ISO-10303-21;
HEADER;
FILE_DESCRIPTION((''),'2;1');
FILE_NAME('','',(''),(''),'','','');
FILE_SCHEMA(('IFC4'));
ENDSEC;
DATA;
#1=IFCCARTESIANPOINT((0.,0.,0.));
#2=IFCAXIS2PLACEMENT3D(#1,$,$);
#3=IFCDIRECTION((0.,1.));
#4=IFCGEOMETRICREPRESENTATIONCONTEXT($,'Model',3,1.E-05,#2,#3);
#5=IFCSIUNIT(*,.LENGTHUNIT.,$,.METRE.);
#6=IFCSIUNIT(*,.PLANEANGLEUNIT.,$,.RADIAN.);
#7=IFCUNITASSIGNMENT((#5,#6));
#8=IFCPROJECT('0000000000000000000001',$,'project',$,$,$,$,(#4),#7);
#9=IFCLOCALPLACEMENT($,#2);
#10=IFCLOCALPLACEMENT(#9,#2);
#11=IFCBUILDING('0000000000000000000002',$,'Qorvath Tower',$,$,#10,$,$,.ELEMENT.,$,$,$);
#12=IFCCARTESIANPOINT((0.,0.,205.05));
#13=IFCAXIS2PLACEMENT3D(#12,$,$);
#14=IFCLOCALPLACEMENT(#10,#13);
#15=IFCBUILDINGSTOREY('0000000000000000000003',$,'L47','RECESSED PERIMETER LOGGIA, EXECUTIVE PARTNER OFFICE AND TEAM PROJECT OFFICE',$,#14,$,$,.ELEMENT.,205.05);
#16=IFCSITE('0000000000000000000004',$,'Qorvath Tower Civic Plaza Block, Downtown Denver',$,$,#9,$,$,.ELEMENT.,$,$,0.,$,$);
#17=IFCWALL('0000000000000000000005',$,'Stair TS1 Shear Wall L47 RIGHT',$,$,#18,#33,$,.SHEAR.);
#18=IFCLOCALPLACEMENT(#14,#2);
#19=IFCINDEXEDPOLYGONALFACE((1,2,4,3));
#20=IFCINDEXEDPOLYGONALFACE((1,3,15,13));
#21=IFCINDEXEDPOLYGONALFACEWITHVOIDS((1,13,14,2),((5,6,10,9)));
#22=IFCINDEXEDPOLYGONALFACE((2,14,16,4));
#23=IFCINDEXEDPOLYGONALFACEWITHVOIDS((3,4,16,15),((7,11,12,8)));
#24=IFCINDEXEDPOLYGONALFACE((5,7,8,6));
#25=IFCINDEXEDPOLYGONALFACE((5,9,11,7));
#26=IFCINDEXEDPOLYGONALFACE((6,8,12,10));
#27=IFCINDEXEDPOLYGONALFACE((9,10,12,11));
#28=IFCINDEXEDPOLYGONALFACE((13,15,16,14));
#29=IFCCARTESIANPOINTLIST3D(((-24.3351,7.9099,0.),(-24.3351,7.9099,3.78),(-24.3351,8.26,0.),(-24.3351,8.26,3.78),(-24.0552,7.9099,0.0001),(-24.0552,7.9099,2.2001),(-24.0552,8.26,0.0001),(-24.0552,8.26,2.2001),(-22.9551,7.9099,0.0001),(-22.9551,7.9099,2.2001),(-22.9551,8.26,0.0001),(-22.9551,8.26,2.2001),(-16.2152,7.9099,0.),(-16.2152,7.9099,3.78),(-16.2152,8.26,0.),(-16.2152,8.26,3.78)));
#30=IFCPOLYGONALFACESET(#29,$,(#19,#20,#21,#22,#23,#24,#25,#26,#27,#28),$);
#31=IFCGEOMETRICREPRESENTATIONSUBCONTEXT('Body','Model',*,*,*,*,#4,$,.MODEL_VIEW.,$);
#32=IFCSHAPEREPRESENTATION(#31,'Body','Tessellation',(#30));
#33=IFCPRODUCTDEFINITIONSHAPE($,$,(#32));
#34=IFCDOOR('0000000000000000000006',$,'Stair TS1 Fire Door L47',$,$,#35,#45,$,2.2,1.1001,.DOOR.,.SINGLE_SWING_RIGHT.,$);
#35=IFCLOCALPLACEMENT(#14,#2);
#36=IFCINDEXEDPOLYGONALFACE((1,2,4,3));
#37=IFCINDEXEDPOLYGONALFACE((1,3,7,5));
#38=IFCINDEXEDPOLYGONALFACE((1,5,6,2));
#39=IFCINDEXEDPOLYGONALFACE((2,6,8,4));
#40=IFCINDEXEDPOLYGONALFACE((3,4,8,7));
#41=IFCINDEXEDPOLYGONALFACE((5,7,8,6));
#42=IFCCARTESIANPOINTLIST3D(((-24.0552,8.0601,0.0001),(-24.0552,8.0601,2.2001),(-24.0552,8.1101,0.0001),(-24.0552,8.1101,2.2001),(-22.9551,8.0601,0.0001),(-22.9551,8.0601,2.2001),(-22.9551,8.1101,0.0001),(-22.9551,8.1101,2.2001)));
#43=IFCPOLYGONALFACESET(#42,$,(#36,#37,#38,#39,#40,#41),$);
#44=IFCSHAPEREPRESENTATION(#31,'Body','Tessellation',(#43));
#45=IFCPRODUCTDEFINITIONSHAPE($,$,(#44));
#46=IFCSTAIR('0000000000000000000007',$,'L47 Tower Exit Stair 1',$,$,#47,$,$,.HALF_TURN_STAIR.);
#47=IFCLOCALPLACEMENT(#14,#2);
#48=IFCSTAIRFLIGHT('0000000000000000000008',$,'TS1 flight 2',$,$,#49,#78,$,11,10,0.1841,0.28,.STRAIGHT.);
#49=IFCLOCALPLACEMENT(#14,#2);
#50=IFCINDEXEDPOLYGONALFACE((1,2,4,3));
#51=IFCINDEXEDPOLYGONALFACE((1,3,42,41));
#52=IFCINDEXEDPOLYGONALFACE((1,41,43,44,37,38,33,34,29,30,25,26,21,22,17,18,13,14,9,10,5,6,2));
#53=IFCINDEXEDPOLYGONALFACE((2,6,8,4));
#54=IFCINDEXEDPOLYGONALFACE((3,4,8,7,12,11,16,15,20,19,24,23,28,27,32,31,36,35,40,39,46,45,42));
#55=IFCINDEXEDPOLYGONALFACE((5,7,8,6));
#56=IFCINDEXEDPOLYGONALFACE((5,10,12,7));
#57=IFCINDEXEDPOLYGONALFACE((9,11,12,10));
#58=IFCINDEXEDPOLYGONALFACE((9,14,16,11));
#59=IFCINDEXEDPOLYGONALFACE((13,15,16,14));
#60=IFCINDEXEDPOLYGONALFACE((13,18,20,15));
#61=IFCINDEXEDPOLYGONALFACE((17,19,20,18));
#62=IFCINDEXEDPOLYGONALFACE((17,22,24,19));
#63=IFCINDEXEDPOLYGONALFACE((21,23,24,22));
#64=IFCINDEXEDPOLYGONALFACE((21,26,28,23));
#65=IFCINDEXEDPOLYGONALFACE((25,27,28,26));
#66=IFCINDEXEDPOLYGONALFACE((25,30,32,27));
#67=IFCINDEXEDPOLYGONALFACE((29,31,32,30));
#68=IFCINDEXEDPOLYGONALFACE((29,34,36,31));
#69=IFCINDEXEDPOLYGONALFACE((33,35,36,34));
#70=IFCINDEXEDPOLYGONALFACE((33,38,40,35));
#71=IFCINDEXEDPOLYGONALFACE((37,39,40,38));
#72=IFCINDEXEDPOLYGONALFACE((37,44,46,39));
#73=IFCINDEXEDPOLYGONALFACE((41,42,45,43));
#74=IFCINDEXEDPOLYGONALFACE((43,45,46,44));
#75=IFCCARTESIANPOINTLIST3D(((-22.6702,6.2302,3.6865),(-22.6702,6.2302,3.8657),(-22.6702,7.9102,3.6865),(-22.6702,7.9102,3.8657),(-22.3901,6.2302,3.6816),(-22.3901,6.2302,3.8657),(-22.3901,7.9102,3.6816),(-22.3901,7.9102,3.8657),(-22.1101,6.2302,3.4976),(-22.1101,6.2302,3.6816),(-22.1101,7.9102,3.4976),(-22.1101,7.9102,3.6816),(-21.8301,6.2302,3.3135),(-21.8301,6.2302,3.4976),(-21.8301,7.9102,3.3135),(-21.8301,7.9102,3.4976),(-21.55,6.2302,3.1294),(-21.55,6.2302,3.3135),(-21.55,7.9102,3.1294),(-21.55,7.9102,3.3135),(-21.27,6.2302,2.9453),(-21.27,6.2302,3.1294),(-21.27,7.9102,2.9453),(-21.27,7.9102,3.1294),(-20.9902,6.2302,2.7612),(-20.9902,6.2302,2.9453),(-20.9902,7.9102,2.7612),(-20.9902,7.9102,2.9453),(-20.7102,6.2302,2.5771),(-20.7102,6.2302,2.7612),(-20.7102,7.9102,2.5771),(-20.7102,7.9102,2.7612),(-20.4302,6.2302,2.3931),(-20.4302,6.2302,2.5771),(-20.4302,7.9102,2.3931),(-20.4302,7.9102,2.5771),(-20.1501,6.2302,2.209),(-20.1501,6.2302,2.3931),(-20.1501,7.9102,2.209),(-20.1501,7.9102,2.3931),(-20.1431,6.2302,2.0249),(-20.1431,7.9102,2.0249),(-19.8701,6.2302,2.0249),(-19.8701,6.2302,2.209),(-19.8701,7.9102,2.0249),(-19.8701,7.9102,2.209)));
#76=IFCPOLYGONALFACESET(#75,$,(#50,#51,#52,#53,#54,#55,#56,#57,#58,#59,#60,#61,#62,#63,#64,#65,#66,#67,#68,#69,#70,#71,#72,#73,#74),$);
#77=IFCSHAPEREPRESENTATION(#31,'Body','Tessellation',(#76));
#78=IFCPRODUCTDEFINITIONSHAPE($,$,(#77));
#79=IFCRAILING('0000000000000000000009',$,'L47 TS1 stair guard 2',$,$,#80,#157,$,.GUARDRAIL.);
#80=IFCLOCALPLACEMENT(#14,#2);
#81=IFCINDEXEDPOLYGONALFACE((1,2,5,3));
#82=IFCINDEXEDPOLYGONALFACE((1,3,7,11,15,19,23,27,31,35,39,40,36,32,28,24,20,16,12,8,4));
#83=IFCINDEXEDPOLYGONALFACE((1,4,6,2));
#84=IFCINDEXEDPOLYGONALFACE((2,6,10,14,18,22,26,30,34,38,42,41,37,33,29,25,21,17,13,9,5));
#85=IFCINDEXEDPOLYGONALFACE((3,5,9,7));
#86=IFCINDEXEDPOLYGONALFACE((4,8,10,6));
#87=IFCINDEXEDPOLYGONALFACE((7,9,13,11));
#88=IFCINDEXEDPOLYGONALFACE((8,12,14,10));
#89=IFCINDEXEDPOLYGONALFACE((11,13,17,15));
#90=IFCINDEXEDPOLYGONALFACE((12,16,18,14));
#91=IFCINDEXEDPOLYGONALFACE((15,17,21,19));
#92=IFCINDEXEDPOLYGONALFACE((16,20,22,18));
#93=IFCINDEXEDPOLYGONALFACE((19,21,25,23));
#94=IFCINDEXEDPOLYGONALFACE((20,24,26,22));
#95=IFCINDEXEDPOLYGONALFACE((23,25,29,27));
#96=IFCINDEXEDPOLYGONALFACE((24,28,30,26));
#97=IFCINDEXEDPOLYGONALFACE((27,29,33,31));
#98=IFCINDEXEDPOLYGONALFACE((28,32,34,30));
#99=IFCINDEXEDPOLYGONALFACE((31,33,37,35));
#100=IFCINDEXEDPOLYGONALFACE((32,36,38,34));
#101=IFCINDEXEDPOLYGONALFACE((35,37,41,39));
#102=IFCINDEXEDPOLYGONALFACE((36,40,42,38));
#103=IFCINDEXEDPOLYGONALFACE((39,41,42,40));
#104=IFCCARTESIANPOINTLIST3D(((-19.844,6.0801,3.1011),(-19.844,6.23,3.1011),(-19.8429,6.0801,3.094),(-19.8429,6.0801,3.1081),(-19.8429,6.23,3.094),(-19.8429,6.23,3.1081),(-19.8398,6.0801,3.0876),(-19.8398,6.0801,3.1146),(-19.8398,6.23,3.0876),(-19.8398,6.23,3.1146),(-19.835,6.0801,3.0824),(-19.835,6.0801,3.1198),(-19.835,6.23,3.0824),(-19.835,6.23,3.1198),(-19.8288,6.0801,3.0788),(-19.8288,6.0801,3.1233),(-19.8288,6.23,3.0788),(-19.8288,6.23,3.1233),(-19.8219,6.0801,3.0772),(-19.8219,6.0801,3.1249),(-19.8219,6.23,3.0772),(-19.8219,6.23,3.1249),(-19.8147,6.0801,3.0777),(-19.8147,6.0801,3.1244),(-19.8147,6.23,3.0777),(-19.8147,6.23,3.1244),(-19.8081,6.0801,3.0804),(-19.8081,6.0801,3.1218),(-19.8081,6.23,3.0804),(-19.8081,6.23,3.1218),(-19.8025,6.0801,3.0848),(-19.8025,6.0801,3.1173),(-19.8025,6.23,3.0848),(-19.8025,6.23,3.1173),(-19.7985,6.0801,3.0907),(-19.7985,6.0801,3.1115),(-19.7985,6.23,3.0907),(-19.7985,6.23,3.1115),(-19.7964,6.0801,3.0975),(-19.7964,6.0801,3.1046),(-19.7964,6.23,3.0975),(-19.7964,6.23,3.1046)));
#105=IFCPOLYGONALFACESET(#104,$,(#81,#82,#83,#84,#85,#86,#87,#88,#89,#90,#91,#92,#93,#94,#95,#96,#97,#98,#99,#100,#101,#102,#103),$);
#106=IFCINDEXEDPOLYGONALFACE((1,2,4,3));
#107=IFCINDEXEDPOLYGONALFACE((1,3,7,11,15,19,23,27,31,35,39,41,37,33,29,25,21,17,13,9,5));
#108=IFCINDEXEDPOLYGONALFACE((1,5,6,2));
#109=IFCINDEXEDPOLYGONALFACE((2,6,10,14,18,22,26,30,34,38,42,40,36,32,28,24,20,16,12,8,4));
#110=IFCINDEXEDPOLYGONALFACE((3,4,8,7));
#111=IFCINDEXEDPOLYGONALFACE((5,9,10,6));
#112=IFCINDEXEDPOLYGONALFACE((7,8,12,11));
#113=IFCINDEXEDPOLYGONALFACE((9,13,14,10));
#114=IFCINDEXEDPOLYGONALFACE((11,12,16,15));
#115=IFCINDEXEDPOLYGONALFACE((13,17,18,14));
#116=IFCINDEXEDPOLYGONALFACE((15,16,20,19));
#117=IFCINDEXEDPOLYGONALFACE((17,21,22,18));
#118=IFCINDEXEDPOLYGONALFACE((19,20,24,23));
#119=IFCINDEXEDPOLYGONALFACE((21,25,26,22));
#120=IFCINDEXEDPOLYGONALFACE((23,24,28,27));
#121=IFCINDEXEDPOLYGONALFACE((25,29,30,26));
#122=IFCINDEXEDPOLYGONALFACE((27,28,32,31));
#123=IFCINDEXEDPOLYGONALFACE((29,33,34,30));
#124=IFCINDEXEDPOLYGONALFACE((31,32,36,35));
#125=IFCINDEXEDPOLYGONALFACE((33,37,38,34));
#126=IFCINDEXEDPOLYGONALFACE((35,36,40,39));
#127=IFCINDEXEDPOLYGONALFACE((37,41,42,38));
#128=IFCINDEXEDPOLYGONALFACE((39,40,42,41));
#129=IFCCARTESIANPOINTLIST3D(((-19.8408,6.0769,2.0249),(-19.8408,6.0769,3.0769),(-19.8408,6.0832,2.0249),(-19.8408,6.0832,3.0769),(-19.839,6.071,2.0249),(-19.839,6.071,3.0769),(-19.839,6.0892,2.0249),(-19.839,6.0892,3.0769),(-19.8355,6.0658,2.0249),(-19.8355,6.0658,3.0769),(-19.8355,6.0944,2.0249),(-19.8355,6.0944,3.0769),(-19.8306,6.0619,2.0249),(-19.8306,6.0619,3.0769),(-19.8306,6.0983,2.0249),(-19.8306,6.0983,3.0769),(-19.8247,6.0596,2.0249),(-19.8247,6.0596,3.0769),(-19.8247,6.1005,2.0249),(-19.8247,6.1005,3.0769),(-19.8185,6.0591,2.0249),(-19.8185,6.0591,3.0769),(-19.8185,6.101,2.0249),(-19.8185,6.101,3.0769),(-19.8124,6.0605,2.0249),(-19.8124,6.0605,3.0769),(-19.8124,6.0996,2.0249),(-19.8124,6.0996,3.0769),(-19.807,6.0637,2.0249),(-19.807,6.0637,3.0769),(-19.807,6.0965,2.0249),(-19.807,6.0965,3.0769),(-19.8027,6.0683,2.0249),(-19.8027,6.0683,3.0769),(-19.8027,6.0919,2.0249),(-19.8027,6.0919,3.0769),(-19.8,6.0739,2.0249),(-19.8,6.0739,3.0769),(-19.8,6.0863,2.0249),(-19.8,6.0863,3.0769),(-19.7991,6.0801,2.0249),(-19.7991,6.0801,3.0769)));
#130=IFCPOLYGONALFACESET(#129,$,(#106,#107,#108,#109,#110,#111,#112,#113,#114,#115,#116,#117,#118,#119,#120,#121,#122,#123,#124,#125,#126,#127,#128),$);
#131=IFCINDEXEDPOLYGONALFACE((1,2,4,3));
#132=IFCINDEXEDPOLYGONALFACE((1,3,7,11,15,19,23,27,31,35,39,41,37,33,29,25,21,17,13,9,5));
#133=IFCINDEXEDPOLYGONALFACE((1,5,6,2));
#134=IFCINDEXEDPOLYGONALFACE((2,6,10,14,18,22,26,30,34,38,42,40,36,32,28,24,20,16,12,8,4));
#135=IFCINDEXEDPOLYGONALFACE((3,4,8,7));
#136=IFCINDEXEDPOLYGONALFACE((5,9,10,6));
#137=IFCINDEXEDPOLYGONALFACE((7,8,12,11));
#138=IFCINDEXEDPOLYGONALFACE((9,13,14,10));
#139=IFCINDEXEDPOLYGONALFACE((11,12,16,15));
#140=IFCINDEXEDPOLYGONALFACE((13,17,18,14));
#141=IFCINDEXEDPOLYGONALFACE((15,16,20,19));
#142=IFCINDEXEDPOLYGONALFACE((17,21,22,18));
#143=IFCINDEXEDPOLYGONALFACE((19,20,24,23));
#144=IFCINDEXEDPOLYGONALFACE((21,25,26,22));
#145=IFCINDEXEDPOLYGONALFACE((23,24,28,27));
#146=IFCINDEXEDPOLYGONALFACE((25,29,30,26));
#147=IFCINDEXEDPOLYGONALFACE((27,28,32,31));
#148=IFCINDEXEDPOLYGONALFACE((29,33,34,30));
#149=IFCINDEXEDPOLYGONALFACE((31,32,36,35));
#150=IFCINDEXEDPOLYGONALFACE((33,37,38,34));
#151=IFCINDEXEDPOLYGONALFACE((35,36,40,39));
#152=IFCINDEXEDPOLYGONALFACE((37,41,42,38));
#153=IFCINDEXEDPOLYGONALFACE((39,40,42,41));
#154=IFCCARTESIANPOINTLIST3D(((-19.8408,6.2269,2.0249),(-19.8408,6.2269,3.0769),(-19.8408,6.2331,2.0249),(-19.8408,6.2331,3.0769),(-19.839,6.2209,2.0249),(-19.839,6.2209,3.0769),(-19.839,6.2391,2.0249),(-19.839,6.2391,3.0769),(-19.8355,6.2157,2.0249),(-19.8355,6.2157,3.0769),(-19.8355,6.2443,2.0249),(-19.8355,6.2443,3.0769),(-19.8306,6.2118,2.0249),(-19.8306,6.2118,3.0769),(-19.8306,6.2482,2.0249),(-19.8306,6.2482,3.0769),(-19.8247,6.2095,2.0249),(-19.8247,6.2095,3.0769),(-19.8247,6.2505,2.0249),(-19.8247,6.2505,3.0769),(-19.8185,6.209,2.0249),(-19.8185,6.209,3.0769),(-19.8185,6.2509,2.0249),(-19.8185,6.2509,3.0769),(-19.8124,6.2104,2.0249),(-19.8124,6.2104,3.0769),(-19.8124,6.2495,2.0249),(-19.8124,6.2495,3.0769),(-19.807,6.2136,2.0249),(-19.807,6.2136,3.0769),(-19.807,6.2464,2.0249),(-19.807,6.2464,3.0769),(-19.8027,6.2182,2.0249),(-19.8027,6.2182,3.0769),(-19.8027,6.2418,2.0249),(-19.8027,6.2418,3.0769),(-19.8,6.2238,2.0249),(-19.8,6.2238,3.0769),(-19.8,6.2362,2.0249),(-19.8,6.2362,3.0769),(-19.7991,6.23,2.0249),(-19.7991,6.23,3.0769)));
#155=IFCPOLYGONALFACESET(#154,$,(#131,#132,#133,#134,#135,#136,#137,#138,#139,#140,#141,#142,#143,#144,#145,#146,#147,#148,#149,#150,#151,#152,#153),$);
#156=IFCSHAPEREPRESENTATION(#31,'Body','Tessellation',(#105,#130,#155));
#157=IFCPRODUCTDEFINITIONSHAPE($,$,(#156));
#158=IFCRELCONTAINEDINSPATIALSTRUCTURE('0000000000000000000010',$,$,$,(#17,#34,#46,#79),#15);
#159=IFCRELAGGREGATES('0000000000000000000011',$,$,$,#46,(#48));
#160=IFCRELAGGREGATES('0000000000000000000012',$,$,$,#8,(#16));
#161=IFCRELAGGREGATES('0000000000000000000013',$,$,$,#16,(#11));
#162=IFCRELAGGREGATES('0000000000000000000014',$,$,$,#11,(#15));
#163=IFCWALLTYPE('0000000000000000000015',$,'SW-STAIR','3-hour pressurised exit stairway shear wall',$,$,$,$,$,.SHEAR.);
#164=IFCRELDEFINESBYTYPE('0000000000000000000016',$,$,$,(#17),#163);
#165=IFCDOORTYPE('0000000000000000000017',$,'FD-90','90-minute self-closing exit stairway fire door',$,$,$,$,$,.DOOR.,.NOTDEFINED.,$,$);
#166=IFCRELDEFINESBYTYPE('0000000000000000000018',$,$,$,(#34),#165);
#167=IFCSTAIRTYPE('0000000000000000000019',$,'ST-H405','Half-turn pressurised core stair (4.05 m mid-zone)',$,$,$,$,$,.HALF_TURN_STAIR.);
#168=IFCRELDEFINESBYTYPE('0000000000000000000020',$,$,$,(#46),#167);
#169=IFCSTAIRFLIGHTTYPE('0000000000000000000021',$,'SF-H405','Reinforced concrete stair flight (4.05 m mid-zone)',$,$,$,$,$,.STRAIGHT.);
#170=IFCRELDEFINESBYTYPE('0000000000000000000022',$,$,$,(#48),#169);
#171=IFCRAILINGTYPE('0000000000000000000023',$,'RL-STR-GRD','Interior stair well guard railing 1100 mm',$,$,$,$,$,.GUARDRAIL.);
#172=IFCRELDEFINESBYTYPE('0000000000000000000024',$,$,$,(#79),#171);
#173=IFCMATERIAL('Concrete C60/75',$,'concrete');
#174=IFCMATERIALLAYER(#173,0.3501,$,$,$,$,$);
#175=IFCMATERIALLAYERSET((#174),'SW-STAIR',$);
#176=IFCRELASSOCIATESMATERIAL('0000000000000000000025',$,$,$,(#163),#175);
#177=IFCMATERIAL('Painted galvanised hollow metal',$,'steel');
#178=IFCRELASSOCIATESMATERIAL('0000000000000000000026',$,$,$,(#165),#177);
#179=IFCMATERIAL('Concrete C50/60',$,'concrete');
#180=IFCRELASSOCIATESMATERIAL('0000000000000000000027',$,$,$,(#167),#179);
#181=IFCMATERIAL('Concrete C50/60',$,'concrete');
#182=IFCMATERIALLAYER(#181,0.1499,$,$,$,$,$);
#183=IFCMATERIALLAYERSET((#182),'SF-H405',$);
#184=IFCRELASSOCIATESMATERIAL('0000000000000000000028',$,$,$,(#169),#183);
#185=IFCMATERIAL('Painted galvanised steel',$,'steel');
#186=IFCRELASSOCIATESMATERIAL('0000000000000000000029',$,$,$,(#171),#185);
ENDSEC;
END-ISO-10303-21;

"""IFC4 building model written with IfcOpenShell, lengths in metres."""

from ifc_helpers import new_model, si_unit, direction, frame, frame_2d, origin, origin_2d, place, context, subcontext, project, spatial, polyline, rectangle, circle, outline, extrude, material, layer, layer_set, type_object, element, fill, aggregate, save


model = new_model("IFC4")

# Units and contexts
model_context = context("Model", 3, precision=1e-05, world=origin(), true_north=direction((0.0, 1.0)))
body_context = subcontext(model_context, "Body", "Model", "MODEL_VIEW")
ifc_project = project(units=[si_unit("LENGTHUNIT", "METRE"), si_unit("PLANEANGLEUNIT", "RADIAN")], contexts=[model_context])

# Site, building, storey
site_placement = place(None, origin())
site = spatial("IfcSite", under=ifc_project, at=site_placement, Name="Qorvath Tower Civic Plaza Block, Downtown Denver", CompositionType="ELEMENT", RefElevation=0.0)
building_placement = place(site_placement, origin())
building = spatial("IfcBuilding", under=site, at=building_placement, Name="Qorvath Tower", CompositionType="ELEMENT")
storey_placement = place(building_placement, frame((0.0, 0.0, 205.05)))
storey = spatial("IfcBuildingStorey", under=building, at=storey_placement, Name="L47", Description="RECESSED PERIMETER LOGGIA, EXECUTIVE PARTNER OFFICE AND TEAM PROJECT OFFICE", CompositionType="ELEMENT", Elevation=205.05)

# Wall, opening, door
ifc_material_1 = material(Name="Concrete C60/75", Category="concrete")
ifc_layer_1 = layer(ifc_material_1, 0.3501)
ifc_layer_set_1 = layer_set([ifc_layer_1], Name="SW-STAIR")
wall_type_1 = type_object("IfcWallType", Name="SW-STAIR", Description="3-hour pressurised exit stairway shear wall", PredefinedType="SHEAR", material=ifc_layer_set_1)
wall_1_placement = place(storey_placement, frame((-16.2151, 8.085, 0.0), z_axis=(0.0, 0.0, 1.0), x_axis=(-1.0, 0.0, 0.0)))
wall_1 = element("IfcWall", 1, at=wall_1_placement, inside=storey, type_object=wall_type_1, Name="Stair TS1 Shear Wall L47 RIGHT", PredefinedType="SHEAR", context=body_context, shape_type="SweptSolid", body=[
    extrude(rectangle(XDim=8.1199, YDim=0.3501, at=frame_2d((4.0601, 0.0))), origin(), (0.0, 0.0, 1.0), 3.78),
])
opening_1_placement = place(wall_1_placement, frame((6.74, 0.0, 0.0)))
opening_1 = element("IfcOpeningElement", 2, at=opening_1_placement, cuts=wall_1, PredefinedType="OPENING", context=body_context, shape_type="SweptSolid", body=[
    extrude(rectangle(XDim=1.1001, YDim=2.2, at=frame_2d((0.55, 1.1001))), frame((0.0, 0.1851, 0.0), z_axis=(0.0, -1.0, 0.0), x_axis=(1.0, 0.0, 0.0)), (0.0, 0.0, 1.0), 0.3701),
])
ifc_material_2 = material(Name="Painted galvanised hollow metal", Category="steel")
door_type_1 = type_object("IfcDoorType", Name="FD-90", Description="90-minute self-closing exit stairway fire door", OperationType="NOTDEFINED", PredefinedType="DOOR", material=ifc_material_2)
door_1_placement = place(opening_1_placement, origin())
door_1 = element("IfcDoor", 3, at=door_1_placement, inside=storey, type_object=door_type_1, Name="Stair TS1 Fire Door L47", OperationType="SINGLE_SWING_RIGHT", OverallHeight=2.2, OverallWidth=1.1001, PredefinedType="DOOR", context=body_context, shape_type="SweptSolid", body=[
    extrude(rectangle(XDim=1.1001, YDim=2.2, at=frame_2d((0.55, 1.1001))), frame((0.0, 0.0249, 0.0), z_axis=(0.0, -1.0, 0.0), x_axis=(1.0, 0.0, 0.0)), (0.0, 0.0, 1.0), 0.05),
])
fill(opening_1, door_1)

# Stair, stair flight
ifc_material_3 = material(Name="Concrete C50/60", Category="concrete")
stair_type = type_object("IfcStairType", Name="ST-H405", Description="Half-turn pressurised core stair (4.05 m mid-zone)", PredefinedType="HALF_TURN_STAIR", material=ifc_material_3)
stair_placement = place(storey_placement, origin())
stair = element("IfcStair", 4, at=stair_placement, inside=storey, type_object=stair_type, Name="L47 Tower Exit Stair 1", PredefinedType="HALF_TURN_STAIR")
ifc_material_4 = material(Name="Concrete C50/60", Category="concrete")
ifc_layer_2 = layer(ifc_material_4, 0.1499)
ifc_layer_set_2 = layer_set([ifc_layer_2], Name="SF-H405")
stair_flight_type = type_object("IfcStairFlightType", Name="SF-H405", Description="Reinforced concrete stair flight (4.05 m mid-zone)", PredefinedType="STRAIGHT", material=ifc_layer_set_2)
stair_flight_placement = place(storey_placement, frame((-19.8701, 7.0701, 2.0249), z_axis=(0.0, 0.0, 1.0), x_axis=(-1.0, 0.0, 0.0)))
stair_flight = element("IfcStairFlight", 5, at=stair_flight_placement, type_object=stair_flight_type, Name="TS1 flight 2", NumberOfRisers=11, NumberOfTreads=10, PredefinedType="STRAIGHT", RiserHeight=0.1841, TreadLength=0.28, context=body_context, shape_type="SweptSolid", body=[
    extrude(outline(polyline([(0.0, 0.0), (0.0, 0.1841), (0.28, 0.1841), (0.28, 0.3682), (0.5601, 0.3682), (0.5601, 0.5522), (0.8401, 0.5522), (0.8401, 0.7363), (1.1201, 0.7363), (1.1201, 0.9204), (1.3999, 0.9204), (1.3999, 1.1045), (1.6799, 1.1045), (1.6799, 1.2886), (1.96, 1.2886), (1.96, 1.4727), (2.24, 1.4727), (2.24, 1.6567), (2.52, 1.6567), (2.52, 1.8408), (2.8, 1.8408), (2.8, 2.0249), (2.8, 1.6616), (0.2729, 0.0), (0.0, 0.0)])), frame((0.0, 0.8398, 0.0), z_axis=(0.0, -1.0, 0.0), x_axis=(1.0, 0.0, 0.0)), (0.0, 0.0, 1.0), 1.6799),
])
aggregate(stair, [stair_flight])

# Railing
ifc_material_5 = material(Name="Painted galvanised steel", Category="steel")
railing_type_1 = type_object("IfcRailingType", Name="RL-STR-GRD", Description="Interior stair well guard railing 1100 mm", PredefinedType="GUARDRAIL", material=ifc_material_5)
railing_1_placement = place(storey_placement, frame((-19.8201, 6.0801, 2.0249)))
element("IfcRailing", 6, at=railing_1_placement, inside=storey, type_object=railing_type_1, Name="L47 TS1 stair guard 2", PredefinedType="GUARDRAIL", context=body_context, shape_type="SweptSolid", body=[
    extrude(circle(Radius=0.0239, at=origin_2d()), frame((0.0, 0.0, 1.0762), z_axis=(0.0, 1.0, 0.0), x_axis=(-1.0, 0.0, 0.0)), (0.0, 0.0, 1.0), 0.1499),
    extrude(circle(Radius=0.021, at=origin_2d()), origin(), (0.0, 0.0, 1.0), 1.052),
    extrude(circle(Radius=0.021, at=origin_2d()), frame((0.0, 0.1499, 0.0)), (0.0, 0.0, 1.0), 1.052),
])

save(model, "model.ifc")
